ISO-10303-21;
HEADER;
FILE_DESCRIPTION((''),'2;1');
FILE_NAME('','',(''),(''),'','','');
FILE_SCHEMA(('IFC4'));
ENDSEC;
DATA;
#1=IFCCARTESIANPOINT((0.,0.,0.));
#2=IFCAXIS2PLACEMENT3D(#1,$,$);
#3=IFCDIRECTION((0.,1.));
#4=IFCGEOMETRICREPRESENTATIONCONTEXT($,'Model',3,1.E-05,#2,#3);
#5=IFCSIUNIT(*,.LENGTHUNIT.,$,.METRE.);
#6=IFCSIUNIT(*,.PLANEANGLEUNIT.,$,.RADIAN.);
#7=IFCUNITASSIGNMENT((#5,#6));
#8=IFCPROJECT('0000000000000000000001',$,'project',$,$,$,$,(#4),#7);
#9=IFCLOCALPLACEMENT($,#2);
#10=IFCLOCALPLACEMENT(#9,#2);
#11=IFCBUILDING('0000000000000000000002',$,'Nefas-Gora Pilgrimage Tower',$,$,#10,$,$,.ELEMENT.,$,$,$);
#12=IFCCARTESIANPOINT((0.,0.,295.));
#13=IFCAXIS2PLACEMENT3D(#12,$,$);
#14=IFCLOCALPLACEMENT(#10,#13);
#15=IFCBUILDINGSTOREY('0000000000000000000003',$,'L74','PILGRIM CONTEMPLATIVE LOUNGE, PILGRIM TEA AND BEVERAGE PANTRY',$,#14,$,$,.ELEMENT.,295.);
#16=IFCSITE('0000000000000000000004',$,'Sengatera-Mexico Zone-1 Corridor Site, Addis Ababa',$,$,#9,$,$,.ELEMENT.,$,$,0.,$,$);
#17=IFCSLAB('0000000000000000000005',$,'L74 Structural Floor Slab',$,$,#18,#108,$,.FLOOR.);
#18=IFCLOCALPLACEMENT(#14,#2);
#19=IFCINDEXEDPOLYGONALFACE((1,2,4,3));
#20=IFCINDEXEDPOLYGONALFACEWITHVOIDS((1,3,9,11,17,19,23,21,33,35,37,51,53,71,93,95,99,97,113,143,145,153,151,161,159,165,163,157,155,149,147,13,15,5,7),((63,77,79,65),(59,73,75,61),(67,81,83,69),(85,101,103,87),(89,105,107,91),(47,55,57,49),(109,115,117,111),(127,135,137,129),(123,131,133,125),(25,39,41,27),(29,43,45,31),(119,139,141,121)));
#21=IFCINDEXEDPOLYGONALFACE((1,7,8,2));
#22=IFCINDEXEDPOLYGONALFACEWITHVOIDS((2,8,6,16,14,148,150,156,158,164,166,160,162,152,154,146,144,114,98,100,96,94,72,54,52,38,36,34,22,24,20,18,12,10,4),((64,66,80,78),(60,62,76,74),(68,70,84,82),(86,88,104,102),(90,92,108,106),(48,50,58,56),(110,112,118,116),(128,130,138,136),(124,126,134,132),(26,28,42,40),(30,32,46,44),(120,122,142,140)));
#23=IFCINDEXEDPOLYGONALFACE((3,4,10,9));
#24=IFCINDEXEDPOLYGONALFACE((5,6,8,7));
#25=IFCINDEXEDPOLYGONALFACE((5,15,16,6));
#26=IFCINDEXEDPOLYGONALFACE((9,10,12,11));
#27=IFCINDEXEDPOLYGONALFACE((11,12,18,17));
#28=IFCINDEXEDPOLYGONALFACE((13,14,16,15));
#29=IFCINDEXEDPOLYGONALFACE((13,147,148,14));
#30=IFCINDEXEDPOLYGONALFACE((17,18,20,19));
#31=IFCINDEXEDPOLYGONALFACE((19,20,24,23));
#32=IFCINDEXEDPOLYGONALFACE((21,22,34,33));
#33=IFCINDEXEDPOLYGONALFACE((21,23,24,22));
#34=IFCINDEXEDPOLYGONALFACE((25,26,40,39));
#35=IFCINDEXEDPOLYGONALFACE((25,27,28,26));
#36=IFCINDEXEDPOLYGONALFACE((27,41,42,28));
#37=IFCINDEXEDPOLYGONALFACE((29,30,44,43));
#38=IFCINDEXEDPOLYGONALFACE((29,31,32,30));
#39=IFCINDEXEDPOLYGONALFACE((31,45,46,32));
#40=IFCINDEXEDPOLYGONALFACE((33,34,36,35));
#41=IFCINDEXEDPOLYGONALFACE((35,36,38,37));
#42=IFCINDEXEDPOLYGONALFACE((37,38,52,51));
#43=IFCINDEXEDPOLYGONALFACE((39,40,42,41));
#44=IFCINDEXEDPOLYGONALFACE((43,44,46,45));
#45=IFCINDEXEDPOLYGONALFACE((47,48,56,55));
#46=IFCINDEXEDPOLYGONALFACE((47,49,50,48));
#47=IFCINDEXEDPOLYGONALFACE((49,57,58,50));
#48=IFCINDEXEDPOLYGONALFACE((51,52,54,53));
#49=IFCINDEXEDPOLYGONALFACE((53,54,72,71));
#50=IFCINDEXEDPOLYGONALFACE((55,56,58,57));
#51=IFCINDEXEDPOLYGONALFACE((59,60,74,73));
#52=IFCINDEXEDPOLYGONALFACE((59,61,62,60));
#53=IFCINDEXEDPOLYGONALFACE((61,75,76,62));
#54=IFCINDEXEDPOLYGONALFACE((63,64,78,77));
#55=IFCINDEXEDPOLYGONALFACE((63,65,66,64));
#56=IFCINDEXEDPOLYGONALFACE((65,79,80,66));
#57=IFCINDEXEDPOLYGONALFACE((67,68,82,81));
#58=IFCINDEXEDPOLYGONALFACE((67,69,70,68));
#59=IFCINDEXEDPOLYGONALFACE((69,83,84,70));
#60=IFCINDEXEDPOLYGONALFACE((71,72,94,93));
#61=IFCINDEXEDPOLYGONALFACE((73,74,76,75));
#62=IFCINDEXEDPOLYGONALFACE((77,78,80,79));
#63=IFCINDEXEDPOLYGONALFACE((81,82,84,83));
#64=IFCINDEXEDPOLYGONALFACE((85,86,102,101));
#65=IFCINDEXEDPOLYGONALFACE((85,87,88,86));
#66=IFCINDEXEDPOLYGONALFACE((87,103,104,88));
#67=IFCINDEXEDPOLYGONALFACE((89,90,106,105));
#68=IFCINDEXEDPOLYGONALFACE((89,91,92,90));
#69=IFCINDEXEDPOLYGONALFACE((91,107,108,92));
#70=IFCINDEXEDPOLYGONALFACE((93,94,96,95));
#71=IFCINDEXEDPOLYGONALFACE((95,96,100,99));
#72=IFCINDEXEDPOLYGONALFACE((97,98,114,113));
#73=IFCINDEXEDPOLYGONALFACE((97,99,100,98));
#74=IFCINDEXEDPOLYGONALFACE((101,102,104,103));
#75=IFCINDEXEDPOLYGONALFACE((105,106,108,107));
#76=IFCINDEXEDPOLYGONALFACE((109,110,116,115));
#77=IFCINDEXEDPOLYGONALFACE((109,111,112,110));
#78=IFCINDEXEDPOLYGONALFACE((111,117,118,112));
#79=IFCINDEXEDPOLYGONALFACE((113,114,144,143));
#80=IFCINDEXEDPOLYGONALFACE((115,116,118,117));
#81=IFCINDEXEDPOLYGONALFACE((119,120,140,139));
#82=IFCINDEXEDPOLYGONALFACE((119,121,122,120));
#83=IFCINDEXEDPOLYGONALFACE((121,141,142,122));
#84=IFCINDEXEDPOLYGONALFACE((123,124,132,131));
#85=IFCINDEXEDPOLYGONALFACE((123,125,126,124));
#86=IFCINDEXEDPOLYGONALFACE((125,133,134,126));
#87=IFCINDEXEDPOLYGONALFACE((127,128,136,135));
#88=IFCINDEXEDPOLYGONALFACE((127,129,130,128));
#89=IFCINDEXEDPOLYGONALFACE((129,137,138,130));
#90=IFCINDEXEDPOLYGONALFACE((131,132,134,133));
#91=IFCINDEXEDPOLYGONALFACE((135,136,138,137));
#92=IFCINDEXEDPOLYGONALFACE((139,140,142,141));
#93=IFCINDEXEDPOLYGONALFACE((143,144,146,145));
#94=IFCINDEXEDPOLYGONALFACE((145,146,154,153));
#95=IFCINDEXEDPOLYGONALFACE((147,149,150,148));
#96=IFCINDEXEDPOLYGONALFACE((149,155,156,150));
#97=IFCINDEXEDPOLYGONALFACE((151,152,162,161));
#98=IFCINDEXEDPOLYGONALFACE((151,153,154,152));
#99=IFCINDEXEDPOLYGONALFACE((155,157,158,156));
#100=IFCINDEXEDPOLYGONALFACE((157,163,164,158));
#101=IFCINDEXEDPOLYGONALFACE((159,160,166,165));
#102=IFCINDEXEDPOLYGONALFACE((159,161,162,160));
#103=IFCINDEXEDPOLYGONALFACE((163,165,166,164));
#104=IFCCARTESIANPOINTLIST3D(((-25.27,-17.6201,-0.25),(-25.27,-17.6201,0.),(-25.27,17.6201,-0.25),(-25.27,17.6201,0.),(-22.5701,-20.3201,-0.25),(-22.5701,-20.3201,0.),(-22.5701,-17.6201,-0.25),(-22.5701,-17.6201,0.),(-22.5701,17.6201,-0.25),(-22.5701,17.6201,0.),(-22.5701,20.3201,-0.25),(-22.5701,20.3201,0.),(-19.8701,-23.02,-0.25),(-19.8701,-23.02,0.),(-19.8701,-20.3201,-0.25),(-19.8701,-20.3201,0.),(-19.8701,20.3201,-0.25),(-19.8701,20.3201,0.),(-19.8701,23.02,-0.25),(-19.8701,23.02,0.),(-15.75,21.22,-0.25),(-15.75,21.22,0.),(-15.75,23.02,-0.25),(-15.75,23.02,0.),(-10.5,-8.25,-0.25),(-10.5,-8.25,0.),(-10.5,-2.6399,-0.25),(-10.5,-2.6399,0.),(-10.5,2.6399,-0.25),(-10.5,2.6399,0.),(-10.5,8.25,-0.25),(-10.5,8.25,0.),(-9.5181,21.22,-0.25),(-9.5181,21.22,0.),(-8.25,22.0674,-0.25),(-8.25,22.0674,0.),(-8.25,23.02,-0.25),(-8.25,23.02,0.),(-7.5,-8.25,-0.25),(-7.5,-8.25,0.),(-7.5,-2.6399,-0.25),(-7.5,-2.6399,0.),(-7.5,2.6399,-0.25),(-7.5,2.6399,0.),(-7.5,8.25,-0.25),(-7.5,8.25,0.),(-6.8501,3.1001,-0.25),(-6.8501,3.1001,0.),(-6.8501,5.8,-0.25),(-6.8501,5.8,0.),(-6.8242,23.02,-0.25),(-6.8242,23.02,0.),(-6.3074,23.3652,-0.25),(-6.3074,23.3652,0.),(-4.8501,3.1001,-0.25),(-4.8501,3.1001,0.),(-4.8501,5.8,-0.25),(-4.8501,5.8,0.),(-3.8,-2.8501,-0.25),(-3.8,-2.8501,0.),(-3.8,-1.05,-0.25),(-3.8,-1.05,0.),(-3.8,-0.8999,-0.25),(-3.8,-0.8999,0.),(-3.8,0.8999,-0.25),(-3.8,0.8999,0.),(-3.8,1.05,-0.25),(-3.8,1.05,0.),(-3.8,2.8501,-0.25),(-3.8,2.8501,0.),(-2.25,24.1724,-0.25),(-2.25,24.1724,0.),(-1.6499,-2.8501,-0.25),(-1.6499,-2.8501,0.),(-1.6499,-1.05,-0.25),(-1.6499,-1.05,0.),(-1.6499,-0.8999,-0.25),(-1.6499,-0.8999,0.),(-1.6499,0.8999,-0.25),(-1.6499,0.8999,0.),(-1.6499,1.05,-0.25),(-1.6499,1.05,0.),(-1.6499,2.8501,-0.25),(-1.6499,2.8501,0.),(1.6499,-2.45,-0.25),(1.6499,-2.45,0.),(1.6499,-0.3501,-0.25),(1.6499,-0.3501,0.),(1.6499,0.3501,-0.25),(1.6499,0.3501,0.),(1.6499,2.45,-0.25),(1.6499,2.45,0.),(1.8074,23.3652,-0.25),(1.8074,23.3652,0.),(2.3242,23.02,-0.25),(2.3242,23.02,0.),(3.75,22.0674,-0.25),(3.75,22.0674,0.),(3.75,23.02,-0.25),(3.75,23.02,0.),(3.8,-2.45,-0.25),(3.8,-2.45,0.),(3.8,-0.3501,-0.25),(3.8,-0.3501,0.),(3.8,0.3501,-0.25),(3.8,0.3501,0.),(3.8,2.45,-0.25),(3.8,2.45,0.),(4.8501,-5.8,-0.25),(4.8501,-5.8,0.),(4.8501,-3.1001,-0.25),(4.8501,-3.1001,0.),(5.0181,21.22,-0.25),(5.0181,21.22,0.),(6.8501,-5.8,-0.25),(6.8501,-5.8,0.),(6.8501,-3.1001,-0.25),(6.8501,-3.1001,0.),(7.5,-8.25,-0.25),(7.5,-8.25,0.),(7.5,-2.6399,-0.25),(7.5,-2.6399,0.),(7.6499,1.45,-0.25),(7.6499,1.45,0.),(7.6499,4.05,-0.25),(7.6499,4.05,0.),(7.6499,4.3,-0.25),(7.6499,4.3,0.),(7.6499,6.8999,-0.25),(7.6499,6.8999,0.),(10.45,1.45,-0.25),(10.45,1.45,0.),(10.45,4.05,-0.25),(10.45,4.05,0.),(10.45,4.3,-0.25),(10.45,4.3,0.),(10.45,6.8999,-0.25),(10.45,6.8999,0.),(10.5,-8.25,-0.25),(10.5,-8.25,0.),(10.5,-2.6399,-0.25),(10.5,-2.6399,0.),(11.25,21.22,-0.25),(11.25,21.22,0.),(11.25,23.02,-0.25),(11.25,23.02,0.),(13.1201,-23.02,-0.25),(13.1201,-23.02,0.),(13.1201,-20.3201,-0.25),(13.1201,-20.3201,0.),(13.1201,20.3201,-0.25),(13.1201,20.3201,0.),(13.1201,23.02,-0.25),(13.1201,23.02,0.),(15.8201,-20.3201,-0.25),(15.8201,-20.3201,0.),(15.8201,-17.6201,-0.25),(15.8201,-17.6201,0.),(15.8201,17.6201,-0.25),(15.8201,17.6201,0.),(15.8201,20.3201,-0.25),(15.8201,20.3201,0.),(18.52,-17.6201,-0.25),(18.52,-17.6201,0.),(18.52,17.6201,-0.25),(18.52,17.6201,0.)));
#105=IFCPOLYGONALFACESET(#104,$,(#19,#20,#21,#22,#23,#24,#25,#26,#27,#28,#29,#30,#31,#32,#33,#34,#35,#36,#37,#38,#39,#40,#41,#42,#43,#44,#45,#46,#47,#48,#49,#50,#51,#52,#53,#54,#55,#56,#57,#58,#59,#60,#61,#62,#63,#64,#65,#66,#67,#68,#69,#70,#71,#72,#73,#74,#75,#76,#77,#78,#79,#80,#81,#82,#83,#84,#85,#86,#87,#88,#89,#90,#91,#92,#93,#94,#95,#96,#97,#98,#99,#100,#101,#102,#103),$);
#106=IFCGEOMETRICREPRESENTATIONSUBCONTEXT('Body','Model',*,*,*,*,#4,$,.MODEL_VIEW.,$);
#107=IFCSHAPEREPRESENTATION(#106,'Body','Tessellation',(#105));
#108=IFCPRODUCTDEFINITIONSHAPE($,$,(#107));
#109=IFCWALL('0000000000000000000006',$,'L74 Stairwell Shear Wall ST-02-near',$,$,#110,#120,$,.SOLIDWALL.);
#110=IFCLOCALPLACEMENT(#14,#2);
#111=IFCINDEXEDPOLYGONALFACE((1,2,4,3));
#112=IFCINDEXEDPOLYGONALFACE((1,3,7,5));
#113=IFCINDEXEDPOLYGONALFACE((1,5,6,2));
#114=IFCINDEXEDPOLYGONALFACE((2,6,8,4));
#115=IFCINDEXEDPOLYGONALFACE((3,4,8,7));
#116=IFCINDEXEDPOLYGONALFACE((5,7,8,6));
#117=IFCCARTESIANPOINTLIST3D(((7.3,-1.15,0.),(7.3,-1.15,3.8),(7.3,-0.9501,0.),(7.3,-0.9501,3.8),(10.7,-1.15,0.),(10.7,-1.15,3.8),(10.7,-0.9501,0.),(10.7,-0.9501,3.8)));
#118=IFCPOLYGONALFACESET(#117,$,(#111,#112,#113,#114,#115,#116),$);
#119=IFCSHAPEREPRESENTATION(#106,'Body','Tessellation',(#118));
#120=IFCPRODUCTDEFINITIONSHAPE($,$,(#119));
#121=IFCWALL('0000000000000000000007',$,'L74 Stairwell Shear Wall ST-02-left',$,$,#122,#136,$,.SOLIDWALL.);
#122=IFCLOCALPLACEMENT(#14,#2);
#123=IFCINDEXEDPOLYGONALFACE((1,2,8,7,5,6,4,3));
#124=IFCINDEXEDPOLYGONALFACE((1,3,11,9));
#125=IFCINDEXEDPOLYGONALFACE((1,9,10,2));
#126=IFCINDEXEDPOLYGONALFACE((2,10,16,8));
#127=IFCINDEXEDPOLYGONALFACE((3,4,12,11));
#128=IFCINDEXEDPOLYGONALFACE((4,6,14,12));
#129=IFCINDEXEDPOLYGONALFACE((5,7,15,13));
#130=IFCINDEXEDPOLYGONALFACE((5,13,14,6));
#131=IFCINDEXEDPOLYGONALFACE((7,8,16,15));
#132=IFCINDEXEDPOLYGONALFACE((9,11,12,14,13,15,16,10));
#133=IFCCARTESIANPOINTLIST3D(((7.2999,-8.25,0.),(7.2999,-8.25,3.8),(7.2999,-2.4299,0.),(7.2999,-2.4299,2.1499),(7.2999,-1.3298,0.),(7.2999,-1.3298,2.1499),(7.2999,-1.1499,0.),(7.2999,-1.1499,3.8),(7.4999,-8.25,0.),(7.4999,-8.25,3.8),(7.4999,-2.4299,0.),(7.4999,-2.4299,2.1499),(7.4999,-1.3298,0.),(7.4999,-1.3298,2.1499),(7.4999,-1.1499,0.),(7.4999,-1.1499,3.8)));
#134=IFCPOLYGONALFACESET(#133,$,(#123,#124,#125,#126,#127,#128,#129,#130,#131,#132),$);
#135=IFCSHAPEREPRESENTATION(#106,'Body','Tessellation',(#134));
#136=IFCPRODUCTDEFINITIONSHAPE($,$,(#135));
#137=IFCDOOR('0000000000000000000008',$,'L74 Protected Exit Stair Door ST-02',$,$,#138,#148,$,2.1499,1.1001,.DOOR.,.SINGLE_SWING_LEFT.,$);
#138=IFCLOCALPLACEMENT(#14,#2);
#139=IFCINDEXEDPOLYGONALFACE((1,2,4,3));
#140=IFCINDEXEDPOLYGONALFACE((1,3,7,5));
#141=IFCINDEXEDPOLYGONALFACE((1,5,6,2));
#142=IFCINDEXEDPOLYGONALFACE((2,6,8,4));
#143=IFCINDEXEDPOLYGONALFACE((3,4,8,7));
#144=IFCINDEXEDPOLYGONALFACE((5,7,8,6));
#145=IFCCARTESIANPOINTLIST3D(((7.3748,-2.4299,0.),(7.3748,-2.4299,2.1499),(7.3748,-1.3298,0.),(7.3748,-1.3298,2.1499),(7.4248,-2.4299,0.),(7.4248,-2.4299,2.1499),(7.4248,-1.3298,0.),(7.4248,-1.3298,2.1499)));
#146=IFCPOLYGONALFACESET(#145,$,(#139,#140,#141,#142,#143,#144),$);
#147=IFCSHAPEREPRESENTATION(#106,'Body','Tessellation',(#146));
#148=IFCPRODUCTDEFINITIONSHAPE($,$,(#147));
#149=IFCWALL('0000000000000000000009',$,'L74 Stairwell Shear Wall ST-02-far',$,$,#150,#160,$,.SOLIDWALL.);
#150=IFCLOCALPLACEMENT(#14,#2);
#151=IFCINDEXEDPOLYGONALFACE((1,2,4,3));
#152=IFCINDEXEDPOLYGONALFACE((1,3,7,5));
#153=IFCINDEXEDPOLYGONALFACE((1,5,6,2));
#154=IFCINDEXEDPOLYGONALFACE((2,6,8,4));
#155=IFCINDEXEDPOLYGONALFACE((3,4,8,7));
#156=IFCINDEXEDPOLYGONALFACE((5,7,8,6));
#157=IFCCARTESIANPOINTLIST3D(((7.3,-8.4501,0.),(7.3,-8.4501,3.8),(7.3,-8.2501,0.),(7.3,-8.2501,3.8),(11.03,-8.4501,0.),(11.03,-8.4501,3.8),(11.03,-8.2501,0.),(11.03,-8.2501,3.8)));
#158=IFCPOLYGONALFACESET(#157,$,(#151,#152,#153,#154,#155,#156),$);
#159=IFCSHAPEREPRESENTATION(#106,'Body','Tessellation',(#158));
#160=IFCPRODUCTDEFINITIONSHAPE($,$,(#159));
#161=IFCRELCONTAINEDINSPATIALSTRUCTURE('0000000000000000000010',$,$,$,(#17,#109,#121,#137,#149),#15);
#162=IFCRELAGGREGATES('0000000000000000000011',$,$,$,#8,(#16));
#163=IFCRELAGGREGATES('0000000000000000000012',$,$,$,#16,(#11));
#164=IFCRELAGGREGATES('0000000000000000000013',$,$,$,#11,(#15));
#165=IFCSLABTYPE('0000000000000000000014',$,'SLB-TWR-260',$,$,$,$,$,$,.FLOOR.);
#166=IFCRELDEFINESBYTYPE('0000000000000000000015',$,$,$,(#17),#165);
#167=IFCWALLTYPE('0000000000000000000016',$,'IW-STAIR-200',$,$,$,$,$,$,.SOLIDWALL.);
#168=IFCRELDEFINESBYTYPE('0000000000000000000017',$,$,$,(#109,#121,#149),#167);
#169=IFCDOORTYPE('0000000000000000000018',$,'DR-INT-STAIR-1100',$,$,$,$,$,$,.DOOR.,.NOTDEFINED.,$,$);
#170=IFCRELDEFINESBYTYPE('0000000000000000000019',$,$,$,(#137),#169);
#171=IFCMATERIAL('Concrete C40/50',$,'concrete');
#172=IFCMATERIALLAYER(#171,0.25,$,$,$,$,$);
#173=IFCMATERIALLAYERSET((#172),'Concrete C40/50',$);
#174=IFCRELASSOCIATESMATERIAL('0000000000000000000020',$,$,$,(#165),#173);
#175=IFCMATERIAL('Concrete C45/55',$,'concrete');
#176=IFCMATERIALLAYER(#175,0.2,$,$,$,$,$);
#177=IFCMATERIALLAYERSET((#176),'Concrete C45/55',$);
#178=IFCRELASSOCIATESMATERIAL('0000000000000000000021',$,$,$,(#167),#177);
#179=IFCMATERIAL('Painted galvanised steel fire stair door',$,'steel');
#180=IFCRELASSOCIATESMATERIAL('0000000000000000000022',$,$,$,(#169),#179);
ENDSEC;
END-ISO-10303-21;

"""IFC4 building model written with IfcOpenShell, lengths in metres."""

from ifc_helpers import new_model, si_unit, direction, frame, frame_2d, origin, place, context, subcontext, project, spatial, polyline, rectangle, outline, extrude, source, transform, mapped, material, layer, layer_set, type_object, element, fill, save


model = new_model("IFC4")

# Units and contexts
model_context = context("Model", 3, precision=1e-05, world=origin(), true_north=direction((0.0, 1.0)))
body_context = subcontext(model_context, "Body", "Model", "MODEL_VIEW")
ifc_project = project(units=[si_unit("LENGTHUNIT", "METRE"), si_unit("PLANEANGLEUNIT", "RADIAN")], contexts=[model_context])

# Site, building, storey
site_placement = place(None, origin())
site = spatial("IfcSite", under=ifc_project, at=site_placement, Name="Sengatera-Mexico Zone-1 Corridor Site, Addis Ababa", CompositionType="ELEMENT", RefElevation=0.0)
building_placement = place(site_placement, origin())
building = spatial("IfcBuilding", under=site, at=building_placement, Name="Nefas-Gora Pilgrimage Tower", CompositionType="ELEMENT")
storey_placement = place(building_placement, frame((0.0, 0.0, 295.0)))
storey = spatial("IfcBuildingStorey", under=building, at=storey_placement, Name="L74", Description="PILGRIM CONTEMPLATIVE LOUNGE, PILGRIM TEA AND BEVERAGE PANTRY", CompositionType="ELEMENT", Elevation=295.0)

# Slab
ifc_material_1 = material(Name="Concrete C40/50", Category="concrete")
ifc_layer_1 = layer(ifc_material_1, 0.25)
ifc_layer_set_1 = layer_set([ifc_layer_1], Name="Concrete C40/50")
slab_type_1 = type_object("IfcSlabType", Name="SLB-TWR-260", PredefinedType="FLOOR", material=ifc_layer_set_1)
slab_1_placement = place(storey_placement, frame((0.0, 0.0, -0.25)))
element("IfcSlab", 1, at=slab_1_placement, inside=storey, type_object=slab_type_1, Name="L74 Structural Floor Slab", PredefinedType="FLOOR", context=body_context, shape_type="SweptSolid", body=[
    extrude(outline(polyline([(15.8201, -17.6201), (18.52, -17.6201), (18.52, 17.6201), (15.8201, 17.6201), (15.8201, 20.3201), (13.1201, 20.3201), (13.1201, 23.02), (11.25, 23.02), (11.25, 21.22), (5.0181, 21.22), (3.75, 22.0674), (3.75, 23.02), (2.3242, 23.02), (1.8074, 23.3652), (-2.25, 24.1724), (-6.3074, 23.3652), (-6.8242, 23.02), (-8.25, 23.02), (-8.25, 22.0674), (-9.5181, 21.22), (-15.75, 21.22), (-15.75, 23.02), (-19.8701, 23.02), (-19.8701, 20.3201), (-22.5701, 20.3201), (-22.5701, 17.6201), (-25.27, 17.6201), (-25.27, -17.6201), (-22.5701, -17.6201), (-22.5701, -20.3201), (-19.8701, -20.3201), (-19.8701, -23.02), (13.1201, -23.02), (13.1201, -20.3201), (15.8201, -20.3201), (15.8201, -17.6201)]), holes=[polyline([(-10.5, 2.6399), (-10.5, 8.25), (-7.5, 8.25), (-7.5, 2.6399), (-10.5, 2.6399)]), polyline([(10.5, -2.6399), (10.5, -8.25), (7.5, -8.25), (7.5, -2.6399), (10.5, -2.6399)]), polyline([(-7.5, -2.6399), (-7.5, -8.25), (-10.5, -8.25), (-10.5, -2.6399), (-7.5, -2.6399)]), polyline([(-6.8501, 5.8), (-4.8501, 5.8), (-4.8501, 3.1001), (-6.8501, 3.1001), (-6.8501, 5.8)]), polyline([(4.8501, -3.1001), (6.8501, -3.1001), (6.8501, -5.8), (4.8501, -5.8), (4.8501, -3.1001)]), polyline([(7.6499, 4.05), (10.45, 4.05), (10.45, 1.45), (7.6499, 1.45), (7.6499, 4.05)]), polyline([(7.6499, 6.8999), (10.45, 6.8999), (10.45, 4.3), (7.6499, 4.3), (7.6499, 6.8999)]), polyline([(-3.8, -1.05), (-1.6499, -1.05), (-1.6499, -2.8501), (-3.8, -2.8501), (-3.8, -1.05)]), polyline([(-3.8, 0.8999), (-1.6499, 0.8999), (-1.6499, -0.8999), (-3.8, -0.8999), (-3.8, 0.8999)]), polyline([(-3.8, 2.8501), (-1.6499, 2.8501), (-1.6499, 1.05), (-3.8, 1.05), (-3.8, 2.8501)]), polyline([(1.6499, -0.3501), (3.8, -0.3501), (3.8, -2.45), (1.6499, -2.45), (1.6499, -0.3501)]), polyline([(1.6499, 2.45), (3.8, 2.45), (3.8, 0.3501), (1.6499, 0.3501), (1.6499, 2.45)])]), origin(), (0.0, 0.0, 1.0), 0.25),
])

# Wall
ifc_material_2 = material(Name="Concrete C45/55", Category="concrete")
ifc_layer_2 = layer(ifc_material_2, 0.2)
ifc_layer_set_2 = layer_set([ifc_layer_2], Name="Concrete C45/55")
wall_type_1 = type_object("IfcWallType", Name="IW-STAIR-200", PredefinedType="SOLIDWALL", material=ifc_layer_set_2)
shared_shape_1 = source(origin(), body_context, "Body", "SweptSolid", [
    extrude(rectangle(XDim=3.3999, YDim=0.2, at=frame_2d((1.7, 0.0))), origin(), (0.0, 0.0, 1.0), 3.8),
])
wall_1_placement = place(storey_placement, frame((7.3, -1.05, 0.0), z_axis=(0.0, 0.0, 1.0), x_axis=(1.0, 0.0, 0.0)))
element("IfcWall", 2, at=wall_1_placement, inside=storey, type_object=wall_type_1, Name="L74 Stairwell Shear Wall ST-02-near", PredefinedType="SOLIDWALL", context=body_context, shape_type="MappedRepresentation", body=[
    mapped(shared_shape_1, transform((0.0, 0.0, 0.0), x_axis=(1.0, 0.0, 0.0), y_axis=(0.0, 1.0, 0.0), z_axis=(0.0, 0.0, 1.0), scale=1.0)),
])

# Wall, opening, door
shared_shape_2 = source(origin(), body_context, "Body", "SweptSolid", [
    extrude(rectangle(XDim=7.1001, YDim=0.2, at=frame_2d((3.55, 0.0))), origin(), (0.0, 0.0, 1.0), 3.8),
])
wall_2_placement = place(storey_placement, frame((7.3999, -1.1499, 0.0), z_axis=(0.0, 0.0, 1.0), x_axis=(0.0, -1.0, 0.0)))
wall_2 = element("IfcWall", 3, at=wall_2_placement, inside=storey, type_object=wall_type_1, Name="L74 Stairwell Shear Wall ST-02-left", PredefinedType="SOLIDWALL", context=body_context, shape_type="MappedRepresentation", body=[
    mapped(shared_shape_2, transform((0.0, 0.0, 0.0), x_axis=(1.0, 0.0, 0.0), y_axis=(0.0, 1.0, 0.0), z_axis=(0.0, 0.0, 1.0), scale=1.0)),
])
opening_1_placement = place(wall_2_placement, frame((0.1799, 0.0, 0.0)))
opening_1 = element("IfcOpeningElement", 4, at=opening_1_placement, cuts=wall_2, PredefinedType="OPENING", context=body_context, shape_type="SweptSolid", body=[
    extrude(rectangle(XDim=1.1001, YDim=2.1499, at=frame_2d((0.55, 1.075))), frame((0.0, 0.1099, 0.0), z_axis=(0.0, -1.0, 0.0), x_axis=(1.0, 0.0, 0.0)), (0.0, 0.0, 1.0), 0.22),
])
ifc_material_3 = material(Name="Painted galvanised steel fire stair door", Category="steel")
door_type_1 = type_object("IfcDoorType", Name="DR-INT-STAIR-1100", OperationType="NOTDEFINED", PredefinedType="DOOR", material=ifc_material_3)
shared_shape_3 = source(origin(), body_context, "Body", "SweptSolid", [
    extrude(rectangle(XDim=1.1001, YDim=2.1499, at=frame_2d((0.55, 1.075))), frame((0.0, 0.0249, 0.0), z_axis=(0.0, -1.0, 0.0), x_axis=(1.0, 0.0, 0.0)), (0.0, 0.0, 1.0), 0.05),
])
door_1_placement = place(opening_1_placement, origin())
door_1 = element("IfcDoor", 5, at=door_1_placement, inside=storey, type_object=door_type_1, Name="L74 Protected Exit Stair Door ST-02", OperationType="SINGLE_SWING_LEFT", OverallHeight=2.1499, OverallWidth=1.1001, PredefinedType="DOOR", context=body_context, shape_type="MappedRepresentation", body=[
    mapped(shared_shape_3, transform((0.0, 0.0, 0.0), x_axis=(1.0, 0.0, 0.0), y_axis=(0.0, 1.0, 0.0), z_axis=(0.0, 0.0, 1.0), scale=1.0)),
])
fill(opening_1, door_1)

# Wall
shared_shape_4 = source(origin(), body_context, "Body", "SweptSolid", [
    extrude(rectangle(XDim=3.73, YDim=0.2, at=frame_2d((1.865, 0.0))), origin(), (0.0, 0.0, 1.0), 3.8),
])
wall_3_placement = place(storey_placement, frame((7.3, -8.3501, 0.0), z_axis=(0.0, 0.0, 1.0), x_axis=(1.0, 0.0, 0.0)))
element("IfcWall", 6, at=wall_3_placement, inside=storey, type_object=wall_type_1, Name="L74 Stairwell Shear Wall ST-02-far", PredefinedType="SOLIDWALL", context=body_context, shape_type="MappedRepresentation", body=[
    mapped(shared_shape_4, transform((0.0, 0.0, 0.0), x_axis=(1.0, 0.0, 0.0), y_axis=(0.0, 1.0, 0.0), z_axis=(0.0, 0.0, 1.0), scale=1.0)),
])

save(model, "model.ifc")
